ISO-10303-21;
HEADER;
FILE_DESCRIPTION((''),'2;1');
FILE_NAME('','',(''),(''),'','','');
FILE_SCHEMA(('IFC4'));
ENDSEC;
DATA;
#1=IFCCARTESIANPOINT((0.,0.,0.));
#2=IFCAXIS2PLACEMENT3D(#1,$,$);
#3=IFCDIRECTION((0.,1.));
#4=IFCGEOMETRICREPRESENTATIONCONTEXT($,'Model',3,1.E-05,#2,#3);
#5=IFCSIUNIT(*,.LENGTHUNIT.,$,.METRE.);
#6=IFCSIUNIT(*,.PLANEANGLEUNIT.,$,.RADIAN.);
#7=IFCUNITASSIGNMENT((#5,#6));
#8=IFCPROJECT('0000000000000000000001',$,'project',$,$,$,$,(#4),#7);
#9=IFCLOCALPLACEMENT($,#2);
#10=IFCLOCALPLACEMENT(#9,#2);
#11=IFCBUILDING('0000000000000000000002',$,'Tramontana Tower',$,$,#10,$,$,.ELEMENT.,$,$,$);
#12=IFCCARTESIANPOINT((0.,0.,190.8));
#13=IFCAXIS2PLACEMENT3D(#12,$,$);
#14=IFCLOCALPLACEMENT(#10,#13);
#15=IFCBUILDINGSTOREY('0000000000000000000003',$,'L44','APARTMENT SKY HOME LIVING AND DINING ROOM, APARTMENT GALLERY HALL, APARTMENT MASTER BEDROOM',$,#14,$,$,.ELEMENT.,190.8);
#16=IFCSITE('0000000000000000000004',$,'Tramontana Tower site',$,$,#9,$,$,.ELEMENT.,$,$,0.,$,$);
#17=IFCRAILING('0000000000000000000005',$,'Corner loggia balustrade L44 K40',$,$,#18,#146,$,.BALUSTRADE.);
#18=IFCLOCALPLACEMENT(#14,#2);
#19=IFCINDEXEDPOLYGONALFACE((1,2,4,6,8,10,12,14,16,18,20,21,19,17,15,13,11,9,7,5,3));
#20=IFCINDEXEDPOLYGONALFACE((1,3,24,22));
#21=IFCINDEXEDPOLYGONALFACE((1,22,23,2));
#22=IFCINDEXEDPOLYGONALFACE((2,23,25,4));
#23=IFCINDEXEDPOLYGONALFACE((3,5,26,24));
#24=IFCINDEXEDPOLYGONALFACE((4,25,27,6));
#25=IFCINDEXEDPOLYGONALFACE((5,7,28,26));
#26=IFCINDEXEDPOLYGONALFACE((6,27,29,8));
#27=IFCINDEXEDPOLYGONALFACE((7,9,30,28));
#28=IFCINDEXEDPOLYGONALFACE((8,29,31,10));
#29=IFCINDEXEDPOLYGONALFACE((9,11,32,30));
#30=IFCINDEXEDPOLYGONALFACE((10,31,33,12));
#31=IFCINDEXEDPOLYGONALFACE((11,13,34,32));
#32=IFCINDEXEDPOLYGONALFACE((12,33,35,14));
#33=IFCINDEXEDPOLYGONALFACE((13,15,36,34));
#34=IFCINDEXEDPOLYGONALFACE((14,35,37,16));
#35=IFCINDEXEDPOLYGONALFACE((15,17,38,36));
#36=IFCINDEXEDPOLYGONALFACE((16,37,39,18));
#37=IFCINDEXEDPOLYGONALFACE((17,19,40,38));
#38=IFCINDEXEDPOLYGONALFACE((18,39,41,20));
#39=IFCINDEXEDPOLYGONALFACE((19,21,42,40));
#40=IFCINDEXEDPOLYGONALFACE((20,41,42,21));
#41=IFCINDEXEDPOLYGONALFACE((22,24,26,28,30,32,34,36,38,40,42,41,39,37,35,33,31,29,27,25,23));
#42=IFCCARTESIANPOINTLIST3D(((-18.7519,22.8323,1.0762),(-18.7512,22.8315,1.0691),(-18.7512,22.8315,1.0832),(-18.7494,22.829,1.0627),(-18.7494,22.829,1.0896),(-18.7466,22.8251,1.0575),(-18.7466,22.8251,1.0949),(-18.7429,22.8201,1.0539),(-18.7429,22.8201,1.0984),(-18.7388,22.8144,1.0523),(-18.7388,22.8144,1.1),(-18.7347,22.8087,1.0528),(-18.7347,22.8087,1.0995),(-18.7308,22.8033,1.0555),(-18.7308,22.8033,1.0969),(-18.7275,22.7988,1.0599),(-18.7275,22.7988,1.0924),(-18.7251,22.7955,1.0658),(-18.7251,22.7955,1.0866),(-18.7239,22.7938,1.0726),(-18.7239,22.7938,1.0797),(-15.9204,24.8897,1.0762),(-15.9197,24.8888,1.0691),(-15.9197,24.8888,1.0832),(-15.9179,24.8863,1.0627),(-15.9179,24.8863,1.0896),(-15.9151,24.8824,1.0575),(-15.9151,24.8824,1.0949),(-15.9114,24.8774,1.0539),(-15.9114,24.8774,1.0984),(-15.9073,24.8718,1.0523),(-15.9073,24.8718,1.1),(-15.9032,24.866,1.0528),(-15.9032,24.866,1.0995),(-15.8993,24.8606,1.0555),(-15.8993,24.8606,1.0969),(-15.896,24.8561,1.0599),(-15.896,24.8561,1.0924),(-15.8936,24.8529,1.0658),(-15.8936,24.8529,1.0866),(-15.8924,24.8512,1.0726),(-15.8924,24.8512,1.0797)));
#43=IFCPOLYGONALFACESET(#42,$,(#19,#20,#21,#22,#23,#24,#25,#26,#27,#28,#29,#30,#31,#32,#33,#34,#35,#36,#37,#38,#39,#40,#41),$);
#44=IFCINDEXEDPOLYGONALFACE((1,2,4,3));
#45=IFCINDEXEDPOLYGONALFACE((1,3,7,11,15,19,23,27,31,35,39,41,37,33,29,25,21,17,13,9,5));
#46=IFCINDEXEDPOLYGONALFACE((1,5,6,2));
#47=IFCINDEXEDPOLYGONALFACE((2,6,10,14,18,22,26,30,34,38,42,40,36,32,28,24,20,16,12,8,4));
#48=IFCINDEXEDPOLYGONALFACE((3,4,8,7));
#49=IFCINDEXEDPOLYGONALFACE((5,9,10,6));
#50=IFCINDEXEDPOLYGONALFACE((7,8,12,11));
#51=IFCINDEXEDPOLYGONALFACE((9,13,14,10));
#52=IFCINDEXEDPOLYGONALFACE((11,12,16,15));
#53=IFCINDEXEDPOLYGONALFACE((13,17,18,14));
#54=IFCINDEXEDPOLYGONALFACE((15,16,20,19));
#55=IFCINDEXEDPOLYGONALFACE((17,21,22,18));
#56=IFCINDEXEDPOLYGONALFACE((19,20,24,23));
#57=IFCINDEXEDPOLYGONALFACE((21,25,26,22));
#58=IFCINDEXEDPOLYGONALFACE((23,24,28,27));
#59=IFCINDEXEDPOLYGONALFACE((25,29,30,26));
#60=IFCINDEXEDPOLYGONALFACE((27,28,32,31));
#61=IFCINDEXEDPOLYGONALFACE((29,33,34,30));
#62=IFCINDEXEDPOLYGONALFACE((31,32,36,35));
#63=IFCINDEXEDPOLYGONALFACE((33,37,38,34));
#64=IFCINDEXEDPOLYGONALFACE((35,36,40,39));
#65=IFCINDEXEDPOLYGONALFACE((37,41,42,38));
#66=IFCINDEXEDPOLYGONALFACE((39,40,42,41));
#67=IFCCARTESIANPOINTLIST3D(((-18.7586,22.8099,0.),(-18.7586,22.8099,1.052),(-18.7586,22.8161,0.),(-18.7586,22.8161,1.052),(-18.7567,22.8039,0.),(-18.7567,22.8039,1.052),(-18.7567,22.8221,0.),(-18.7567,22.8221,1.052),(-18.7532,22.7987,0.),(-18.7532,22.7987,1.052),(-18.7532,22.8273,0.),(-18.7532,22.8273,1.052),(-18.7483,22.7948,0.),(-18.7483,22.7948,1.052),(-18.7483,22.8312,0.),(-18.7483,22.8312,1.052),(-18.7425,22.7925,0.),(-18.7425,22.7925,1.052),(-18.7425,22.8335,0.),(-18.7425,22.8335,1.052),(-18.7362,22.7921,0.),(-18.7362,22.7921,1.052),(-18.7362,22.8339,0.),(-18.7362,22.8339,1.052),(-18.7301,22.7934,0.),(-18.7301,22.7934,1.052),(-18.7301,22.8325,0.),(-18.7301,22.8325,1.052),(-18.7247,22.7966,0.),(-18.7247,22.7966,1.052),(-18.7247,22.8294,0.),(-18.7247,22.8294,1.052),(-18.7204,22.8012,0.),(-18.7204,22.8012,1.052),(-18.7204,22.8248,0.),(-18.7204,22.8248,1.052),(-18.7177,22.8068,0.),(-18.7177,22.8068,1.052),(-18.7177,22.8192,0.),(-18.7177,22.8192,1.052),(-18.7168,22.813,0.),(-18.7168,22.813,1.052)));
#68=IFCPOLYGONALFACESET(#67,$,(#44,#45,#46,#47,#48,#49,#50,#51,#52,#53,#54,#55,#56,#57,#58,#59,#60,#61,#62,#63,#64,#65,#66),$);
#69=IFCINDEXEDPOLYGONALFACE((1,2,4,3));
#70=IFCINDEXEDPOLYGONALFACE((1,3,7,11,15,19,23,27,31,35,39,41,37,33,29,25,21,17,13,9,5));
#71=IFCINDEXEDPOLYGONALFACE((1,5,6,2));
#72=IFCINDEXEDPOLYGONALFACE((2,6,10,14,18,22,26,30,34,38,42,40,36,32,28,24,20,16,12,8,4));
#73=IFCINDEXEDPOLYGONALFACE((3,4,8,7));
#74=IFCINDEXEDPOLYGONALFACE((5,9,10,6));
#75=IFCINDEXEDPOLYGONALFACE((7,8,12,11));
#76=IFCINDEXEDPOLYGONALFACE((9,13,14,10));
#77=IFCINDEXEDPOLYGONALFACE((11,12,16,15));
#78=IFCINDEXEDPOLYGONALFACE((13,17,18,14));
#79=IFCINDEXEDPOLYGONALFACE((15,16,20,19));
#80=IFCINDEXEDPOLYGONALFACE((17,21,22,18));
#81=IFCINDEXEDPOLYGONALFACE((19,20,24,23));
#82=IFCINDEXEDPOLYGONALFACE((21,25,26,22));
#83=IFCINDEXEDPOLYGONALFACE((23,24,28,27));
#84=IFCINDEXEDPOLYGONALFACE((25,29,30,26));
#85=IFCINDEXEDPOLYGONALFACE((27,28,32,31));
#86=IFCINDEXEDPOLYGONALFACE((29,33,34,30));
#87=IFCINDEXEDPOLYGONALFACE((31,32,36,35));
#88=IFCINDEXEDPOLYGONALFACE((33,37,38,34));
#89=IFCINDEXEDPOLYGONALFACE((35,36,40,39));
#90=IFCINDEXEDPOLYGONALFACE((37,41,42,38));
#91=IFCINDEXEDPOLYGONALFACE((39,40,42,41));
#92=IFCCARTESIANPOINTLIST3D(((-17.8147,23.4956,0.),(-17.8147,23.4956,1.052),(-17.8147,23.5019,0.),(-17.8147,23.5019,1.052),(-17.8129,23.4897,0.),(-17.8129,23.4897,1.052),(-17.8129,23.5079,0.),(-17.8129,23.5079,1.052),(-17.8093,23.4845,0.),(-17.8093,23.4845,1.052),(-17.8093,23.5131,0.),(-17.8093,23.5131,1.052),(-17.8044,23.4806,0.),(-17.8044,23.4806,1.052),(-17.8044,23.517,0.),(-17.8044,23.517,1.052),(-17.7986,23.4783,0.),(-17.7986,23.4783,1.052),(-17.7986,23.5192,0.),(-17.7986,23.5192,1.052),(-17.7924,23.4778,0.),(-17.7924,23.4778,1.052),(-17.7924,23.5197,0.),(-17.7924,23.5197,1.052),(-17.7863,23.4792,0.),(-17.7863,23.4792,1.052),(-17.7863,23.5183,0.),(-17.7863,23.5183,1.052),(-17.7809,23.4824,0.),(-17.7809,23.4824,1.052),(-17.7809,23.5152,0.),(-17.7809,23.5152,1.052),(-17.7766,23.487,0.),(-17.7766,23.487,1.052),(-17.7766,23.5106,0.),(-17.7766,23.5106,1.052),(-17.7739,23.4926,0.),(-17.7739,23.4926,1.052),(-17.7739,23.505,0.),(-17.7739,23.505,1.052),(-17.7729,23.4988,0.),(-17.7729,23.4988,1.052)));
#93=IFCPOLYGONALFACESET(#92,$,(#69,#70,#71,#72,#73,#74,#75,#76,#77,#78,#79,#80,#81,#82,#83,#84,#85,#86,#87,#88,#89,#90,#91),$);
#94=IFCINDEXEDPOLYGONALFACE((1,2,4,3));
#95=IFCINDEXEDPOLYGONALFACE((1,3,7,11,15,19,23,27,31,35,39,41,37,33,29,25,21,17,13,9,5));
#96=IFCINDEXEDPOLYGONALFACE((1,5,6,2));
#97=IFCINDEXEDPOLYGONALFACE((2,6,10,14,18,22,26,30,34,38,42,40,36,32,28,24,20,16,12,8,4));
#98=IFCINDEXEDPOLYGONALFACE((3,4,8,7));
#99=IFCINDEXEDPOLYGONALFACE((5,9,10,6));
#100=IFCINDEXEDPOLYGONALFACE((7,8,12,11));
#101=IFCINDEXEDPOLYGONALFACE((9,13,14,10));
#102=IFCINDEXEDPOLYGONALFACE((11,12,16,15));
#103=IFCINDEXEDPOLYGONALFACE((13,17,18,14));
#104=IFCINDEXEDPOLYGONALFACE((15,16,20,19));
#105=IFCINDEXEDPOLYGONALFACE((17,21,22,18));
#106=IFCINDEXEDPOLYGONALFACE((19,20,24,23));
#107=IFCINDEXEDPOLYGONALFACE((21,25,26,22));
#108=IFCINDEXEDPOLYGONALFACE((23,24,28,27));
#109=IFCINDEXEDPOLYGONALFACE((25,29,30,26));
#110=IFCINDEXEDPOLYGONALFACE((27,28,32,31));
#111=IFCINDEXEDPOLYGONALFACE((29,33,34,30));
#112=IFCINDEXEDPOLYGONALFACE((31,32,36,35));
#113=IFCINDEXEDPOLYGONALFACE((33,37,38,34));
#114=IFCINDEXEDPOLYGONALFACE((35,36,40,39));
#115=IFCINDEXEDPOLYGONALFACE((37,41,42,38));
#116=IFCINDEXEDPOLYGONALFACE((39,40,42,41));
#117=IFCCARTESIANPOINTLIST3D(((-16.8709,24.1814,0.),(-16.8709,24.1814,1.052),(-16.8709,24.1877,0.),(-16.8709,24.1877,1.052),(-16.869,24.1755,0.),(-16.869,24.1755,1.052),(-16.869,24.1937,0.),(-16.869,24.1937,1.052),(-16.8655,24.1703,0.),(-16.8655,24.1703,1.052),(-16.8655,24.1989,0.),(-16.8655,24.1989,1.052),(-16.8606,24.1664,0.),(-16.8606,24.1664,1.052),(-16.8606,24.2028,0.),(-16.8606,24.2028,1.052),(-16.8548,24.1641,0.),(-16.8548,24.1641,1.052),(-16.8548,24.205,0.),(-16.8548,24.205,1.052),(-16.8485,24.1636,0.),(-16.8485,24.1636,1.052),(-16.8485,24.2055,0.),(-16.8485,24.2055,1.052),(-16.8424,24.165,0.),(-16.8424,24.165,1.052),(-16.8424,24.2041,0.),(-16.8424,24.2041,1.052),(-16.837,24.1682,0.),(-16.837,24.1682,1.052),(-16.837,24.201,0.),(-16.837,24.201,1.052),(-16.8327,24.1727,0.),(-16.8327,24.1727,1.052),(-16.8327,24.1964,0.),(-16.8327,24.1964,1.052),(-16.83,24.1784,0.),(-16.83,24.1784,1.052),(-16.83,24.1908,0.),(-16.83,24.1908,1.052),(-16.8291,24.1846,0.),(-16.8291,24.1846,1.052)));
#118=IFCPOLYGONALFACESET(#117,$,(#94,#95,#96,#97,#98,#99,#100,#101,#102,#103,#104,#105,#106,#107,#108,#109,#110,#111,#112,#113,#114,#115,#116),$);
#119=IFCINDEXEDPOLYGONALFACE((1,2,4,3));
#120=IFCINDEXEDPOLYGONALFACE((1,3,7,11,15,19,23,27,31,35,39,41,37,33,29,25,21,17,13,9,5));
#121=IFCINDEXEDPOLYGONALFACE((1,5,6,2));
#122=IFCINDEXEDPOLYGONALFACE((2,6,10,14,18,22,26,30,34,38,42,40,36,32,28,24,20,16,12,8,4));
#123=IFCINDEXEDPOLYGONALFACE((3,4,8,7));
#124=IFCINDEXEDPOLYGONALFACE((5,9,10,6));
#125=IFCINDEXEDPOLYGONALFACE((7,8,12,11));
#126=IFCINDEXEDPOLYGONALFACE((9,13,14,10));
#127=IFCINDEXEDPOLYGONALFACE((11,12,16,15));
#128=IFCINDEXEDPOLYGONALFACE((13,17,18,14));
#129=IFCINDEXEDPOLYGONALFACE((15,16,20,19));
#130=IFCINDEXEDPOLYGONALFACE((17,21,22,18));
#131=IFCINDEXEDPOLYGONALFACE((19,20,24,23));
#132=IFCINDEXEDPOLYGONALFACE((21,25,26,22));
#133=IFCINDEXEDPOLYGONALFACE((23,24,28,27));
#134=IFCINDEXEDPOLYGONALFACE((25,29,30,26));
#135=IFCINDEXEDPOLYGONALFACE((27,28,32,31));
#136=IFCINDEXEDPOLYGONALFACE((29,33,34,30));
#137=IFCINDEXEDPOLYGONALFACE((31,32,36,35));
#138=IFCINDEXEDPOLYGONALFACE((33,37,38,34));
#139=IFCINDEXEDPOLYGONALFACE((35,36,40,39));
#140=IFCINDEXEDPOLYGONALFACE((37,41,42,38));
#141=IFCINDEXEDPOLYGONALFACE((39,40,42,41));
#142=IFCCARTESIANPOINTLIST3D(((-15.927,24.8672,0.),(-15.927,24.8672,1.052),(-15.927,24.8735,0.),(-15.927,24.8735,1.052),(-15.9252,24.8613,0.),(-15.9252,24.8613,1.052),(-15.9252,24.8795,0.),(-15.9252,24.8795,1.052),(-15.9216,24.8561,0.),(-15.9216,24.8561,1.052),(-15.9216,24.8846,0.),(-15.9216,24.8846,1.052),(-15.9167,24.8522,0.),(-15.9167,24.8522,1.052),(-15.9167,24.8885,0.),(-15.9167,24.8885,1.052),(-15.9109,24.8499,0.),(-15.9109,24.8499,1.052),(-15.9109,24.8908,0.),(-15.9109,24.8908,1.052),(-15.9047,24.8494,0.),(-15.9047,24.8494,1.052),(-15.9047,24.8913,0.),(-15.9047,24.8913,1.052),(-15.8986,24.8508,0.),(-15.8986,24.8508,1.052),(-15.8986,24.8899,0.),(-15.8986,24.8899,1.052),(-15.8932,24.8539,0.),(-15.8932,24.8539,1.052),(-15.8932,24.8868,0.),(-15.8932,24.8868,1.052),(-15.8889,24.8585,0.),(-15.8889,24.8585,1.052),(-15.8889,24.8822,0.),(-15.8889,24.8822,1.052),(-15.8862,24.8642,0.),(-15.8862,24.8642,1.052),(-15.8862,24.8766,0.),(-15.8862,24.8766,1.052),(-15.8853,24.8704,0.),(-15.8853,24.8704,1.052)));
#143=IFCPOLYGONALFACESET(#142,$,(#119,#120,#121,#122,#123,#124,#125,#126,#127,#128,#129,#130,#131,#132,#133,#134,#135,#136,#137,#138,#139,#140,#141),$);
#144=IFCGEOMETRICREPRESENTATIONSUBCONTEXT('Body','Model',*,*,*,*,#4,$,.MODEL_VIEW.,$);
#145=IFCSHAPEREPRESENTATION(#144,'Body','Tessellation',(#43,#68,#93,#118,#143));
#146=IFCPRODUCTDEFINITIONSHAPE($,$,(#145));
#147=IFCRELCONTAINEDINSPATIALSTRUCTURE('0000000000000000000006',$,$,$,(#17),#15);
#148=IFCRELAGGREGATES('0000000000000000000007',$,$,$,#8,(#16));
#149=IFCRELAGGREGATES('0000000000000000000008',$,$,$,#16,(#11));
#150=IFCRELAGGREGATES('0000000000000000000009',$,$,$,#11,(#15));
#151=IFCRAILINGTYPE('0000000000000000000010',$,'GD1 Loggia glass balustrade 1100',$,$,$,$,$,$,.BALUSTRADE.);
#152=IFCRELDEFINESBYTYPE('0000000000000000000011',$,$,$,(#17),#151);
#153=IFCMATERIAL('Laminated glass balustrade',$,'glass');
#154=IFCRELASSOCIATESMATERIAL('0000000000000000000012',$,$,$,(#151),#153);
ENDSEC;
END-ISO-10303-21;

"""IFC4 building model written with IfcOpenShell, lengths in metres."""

from ifc_helpers import new_model, si_unit, direction, frame, origin, origin_2d, place, context, subcontext, project, spatial, circle, extrude, material, type_object, element, save


model = new_model("IFC4")

# Units and contexts
model_context = context("Model", 3, precision=1e-05, world=origin(), true_north=direction((0.0, 1.0)))
body_context = subcontext(model_context, "Body", "Model", "MODEL_VIEW")
ifc_project = project(units=[si_unit("LENGTHUNIT", "METRE"), si_unit("PLANEANGLEUNIT", "RADIAN")], contexts=[model_context])

# Site, building, storey
site_placement = place(None, origin())
site = spatial("IfcSite", under=ifc_project, at=site_placement, Name="Tramontana Tower site", CompositionType="ELEMENT", RefElevation=0.0)
building_placement = place(site_placement, origin())
building = spatial("IfcBuilding", under=site, at=building_placement, Name="Tramontana Tower", CompositionType="ELEMENT")
storey_placement = place(building_placement, frame((0.0, 0.0, 190.8)))
storey = spatial("IfcBuildingStorey", under=building, at=storey_placement, Name="L44", Description="APARTMENT SKY HOME LIVING AND DINING ROOM, APARTMENT GALLERY HALL, APARTMENT MASTER BEDROOM", CompositionType="ELEMENT", Elevation=190.8)

# Railing
ifc_material_1 = material(Name="Laminated glass balustrade", Category="glass")
railing_type = type_object("IfcRailingType", Name="GD1 Loggia glass balustrade 1100", PredefinedType="BALUSTRADE", material=ifc_material_1)
railing_1_placement = place(storey_placement, frame((-18.7378, 22.813, 0.0)))
element("IfcRailing", 1, at=railing_1_placement, inside=storey, type_object=railing_type, Name="Corner loggia balustrade L44 K40", PredefinedType="BALUSTRADE", context=body_context, shape_type="SweptSolid", body=[
    extrude(circle(Radius=0.0239, at=origin_2d()), frame((0.0, 0.0, 1.0762), z_axis=(0.808998, 0.587811, 0.0), x_axis=(-0.587811, 0.808998, 0.0)), (0.0, 0.0, 1.0), 3.5),
    extrude(circle(Radius=0.021, at=origin_2d()), origin(), (0.0, 0.0, 1.0), 1.052),
    extrude(circle(Radius=0.021, at=origin_2d()), frame((0.9438, 0.6858, 0.0)), (0.0, 0.0, 1.0), 1.052),
    extrude(circle(Radius=0.021, at=origin_2d()), frame((1.8877, 1.3716, 0.0)), (0.0, 0.0, 1.0), 1.052),
    extrude(circle(Radius=0.021, at=origin_2d()), frame((2.8315, 2.0574, 0.0)), (0.0, 0.0, 1.0), 1.052),
])

save(model, "model.ifc")
